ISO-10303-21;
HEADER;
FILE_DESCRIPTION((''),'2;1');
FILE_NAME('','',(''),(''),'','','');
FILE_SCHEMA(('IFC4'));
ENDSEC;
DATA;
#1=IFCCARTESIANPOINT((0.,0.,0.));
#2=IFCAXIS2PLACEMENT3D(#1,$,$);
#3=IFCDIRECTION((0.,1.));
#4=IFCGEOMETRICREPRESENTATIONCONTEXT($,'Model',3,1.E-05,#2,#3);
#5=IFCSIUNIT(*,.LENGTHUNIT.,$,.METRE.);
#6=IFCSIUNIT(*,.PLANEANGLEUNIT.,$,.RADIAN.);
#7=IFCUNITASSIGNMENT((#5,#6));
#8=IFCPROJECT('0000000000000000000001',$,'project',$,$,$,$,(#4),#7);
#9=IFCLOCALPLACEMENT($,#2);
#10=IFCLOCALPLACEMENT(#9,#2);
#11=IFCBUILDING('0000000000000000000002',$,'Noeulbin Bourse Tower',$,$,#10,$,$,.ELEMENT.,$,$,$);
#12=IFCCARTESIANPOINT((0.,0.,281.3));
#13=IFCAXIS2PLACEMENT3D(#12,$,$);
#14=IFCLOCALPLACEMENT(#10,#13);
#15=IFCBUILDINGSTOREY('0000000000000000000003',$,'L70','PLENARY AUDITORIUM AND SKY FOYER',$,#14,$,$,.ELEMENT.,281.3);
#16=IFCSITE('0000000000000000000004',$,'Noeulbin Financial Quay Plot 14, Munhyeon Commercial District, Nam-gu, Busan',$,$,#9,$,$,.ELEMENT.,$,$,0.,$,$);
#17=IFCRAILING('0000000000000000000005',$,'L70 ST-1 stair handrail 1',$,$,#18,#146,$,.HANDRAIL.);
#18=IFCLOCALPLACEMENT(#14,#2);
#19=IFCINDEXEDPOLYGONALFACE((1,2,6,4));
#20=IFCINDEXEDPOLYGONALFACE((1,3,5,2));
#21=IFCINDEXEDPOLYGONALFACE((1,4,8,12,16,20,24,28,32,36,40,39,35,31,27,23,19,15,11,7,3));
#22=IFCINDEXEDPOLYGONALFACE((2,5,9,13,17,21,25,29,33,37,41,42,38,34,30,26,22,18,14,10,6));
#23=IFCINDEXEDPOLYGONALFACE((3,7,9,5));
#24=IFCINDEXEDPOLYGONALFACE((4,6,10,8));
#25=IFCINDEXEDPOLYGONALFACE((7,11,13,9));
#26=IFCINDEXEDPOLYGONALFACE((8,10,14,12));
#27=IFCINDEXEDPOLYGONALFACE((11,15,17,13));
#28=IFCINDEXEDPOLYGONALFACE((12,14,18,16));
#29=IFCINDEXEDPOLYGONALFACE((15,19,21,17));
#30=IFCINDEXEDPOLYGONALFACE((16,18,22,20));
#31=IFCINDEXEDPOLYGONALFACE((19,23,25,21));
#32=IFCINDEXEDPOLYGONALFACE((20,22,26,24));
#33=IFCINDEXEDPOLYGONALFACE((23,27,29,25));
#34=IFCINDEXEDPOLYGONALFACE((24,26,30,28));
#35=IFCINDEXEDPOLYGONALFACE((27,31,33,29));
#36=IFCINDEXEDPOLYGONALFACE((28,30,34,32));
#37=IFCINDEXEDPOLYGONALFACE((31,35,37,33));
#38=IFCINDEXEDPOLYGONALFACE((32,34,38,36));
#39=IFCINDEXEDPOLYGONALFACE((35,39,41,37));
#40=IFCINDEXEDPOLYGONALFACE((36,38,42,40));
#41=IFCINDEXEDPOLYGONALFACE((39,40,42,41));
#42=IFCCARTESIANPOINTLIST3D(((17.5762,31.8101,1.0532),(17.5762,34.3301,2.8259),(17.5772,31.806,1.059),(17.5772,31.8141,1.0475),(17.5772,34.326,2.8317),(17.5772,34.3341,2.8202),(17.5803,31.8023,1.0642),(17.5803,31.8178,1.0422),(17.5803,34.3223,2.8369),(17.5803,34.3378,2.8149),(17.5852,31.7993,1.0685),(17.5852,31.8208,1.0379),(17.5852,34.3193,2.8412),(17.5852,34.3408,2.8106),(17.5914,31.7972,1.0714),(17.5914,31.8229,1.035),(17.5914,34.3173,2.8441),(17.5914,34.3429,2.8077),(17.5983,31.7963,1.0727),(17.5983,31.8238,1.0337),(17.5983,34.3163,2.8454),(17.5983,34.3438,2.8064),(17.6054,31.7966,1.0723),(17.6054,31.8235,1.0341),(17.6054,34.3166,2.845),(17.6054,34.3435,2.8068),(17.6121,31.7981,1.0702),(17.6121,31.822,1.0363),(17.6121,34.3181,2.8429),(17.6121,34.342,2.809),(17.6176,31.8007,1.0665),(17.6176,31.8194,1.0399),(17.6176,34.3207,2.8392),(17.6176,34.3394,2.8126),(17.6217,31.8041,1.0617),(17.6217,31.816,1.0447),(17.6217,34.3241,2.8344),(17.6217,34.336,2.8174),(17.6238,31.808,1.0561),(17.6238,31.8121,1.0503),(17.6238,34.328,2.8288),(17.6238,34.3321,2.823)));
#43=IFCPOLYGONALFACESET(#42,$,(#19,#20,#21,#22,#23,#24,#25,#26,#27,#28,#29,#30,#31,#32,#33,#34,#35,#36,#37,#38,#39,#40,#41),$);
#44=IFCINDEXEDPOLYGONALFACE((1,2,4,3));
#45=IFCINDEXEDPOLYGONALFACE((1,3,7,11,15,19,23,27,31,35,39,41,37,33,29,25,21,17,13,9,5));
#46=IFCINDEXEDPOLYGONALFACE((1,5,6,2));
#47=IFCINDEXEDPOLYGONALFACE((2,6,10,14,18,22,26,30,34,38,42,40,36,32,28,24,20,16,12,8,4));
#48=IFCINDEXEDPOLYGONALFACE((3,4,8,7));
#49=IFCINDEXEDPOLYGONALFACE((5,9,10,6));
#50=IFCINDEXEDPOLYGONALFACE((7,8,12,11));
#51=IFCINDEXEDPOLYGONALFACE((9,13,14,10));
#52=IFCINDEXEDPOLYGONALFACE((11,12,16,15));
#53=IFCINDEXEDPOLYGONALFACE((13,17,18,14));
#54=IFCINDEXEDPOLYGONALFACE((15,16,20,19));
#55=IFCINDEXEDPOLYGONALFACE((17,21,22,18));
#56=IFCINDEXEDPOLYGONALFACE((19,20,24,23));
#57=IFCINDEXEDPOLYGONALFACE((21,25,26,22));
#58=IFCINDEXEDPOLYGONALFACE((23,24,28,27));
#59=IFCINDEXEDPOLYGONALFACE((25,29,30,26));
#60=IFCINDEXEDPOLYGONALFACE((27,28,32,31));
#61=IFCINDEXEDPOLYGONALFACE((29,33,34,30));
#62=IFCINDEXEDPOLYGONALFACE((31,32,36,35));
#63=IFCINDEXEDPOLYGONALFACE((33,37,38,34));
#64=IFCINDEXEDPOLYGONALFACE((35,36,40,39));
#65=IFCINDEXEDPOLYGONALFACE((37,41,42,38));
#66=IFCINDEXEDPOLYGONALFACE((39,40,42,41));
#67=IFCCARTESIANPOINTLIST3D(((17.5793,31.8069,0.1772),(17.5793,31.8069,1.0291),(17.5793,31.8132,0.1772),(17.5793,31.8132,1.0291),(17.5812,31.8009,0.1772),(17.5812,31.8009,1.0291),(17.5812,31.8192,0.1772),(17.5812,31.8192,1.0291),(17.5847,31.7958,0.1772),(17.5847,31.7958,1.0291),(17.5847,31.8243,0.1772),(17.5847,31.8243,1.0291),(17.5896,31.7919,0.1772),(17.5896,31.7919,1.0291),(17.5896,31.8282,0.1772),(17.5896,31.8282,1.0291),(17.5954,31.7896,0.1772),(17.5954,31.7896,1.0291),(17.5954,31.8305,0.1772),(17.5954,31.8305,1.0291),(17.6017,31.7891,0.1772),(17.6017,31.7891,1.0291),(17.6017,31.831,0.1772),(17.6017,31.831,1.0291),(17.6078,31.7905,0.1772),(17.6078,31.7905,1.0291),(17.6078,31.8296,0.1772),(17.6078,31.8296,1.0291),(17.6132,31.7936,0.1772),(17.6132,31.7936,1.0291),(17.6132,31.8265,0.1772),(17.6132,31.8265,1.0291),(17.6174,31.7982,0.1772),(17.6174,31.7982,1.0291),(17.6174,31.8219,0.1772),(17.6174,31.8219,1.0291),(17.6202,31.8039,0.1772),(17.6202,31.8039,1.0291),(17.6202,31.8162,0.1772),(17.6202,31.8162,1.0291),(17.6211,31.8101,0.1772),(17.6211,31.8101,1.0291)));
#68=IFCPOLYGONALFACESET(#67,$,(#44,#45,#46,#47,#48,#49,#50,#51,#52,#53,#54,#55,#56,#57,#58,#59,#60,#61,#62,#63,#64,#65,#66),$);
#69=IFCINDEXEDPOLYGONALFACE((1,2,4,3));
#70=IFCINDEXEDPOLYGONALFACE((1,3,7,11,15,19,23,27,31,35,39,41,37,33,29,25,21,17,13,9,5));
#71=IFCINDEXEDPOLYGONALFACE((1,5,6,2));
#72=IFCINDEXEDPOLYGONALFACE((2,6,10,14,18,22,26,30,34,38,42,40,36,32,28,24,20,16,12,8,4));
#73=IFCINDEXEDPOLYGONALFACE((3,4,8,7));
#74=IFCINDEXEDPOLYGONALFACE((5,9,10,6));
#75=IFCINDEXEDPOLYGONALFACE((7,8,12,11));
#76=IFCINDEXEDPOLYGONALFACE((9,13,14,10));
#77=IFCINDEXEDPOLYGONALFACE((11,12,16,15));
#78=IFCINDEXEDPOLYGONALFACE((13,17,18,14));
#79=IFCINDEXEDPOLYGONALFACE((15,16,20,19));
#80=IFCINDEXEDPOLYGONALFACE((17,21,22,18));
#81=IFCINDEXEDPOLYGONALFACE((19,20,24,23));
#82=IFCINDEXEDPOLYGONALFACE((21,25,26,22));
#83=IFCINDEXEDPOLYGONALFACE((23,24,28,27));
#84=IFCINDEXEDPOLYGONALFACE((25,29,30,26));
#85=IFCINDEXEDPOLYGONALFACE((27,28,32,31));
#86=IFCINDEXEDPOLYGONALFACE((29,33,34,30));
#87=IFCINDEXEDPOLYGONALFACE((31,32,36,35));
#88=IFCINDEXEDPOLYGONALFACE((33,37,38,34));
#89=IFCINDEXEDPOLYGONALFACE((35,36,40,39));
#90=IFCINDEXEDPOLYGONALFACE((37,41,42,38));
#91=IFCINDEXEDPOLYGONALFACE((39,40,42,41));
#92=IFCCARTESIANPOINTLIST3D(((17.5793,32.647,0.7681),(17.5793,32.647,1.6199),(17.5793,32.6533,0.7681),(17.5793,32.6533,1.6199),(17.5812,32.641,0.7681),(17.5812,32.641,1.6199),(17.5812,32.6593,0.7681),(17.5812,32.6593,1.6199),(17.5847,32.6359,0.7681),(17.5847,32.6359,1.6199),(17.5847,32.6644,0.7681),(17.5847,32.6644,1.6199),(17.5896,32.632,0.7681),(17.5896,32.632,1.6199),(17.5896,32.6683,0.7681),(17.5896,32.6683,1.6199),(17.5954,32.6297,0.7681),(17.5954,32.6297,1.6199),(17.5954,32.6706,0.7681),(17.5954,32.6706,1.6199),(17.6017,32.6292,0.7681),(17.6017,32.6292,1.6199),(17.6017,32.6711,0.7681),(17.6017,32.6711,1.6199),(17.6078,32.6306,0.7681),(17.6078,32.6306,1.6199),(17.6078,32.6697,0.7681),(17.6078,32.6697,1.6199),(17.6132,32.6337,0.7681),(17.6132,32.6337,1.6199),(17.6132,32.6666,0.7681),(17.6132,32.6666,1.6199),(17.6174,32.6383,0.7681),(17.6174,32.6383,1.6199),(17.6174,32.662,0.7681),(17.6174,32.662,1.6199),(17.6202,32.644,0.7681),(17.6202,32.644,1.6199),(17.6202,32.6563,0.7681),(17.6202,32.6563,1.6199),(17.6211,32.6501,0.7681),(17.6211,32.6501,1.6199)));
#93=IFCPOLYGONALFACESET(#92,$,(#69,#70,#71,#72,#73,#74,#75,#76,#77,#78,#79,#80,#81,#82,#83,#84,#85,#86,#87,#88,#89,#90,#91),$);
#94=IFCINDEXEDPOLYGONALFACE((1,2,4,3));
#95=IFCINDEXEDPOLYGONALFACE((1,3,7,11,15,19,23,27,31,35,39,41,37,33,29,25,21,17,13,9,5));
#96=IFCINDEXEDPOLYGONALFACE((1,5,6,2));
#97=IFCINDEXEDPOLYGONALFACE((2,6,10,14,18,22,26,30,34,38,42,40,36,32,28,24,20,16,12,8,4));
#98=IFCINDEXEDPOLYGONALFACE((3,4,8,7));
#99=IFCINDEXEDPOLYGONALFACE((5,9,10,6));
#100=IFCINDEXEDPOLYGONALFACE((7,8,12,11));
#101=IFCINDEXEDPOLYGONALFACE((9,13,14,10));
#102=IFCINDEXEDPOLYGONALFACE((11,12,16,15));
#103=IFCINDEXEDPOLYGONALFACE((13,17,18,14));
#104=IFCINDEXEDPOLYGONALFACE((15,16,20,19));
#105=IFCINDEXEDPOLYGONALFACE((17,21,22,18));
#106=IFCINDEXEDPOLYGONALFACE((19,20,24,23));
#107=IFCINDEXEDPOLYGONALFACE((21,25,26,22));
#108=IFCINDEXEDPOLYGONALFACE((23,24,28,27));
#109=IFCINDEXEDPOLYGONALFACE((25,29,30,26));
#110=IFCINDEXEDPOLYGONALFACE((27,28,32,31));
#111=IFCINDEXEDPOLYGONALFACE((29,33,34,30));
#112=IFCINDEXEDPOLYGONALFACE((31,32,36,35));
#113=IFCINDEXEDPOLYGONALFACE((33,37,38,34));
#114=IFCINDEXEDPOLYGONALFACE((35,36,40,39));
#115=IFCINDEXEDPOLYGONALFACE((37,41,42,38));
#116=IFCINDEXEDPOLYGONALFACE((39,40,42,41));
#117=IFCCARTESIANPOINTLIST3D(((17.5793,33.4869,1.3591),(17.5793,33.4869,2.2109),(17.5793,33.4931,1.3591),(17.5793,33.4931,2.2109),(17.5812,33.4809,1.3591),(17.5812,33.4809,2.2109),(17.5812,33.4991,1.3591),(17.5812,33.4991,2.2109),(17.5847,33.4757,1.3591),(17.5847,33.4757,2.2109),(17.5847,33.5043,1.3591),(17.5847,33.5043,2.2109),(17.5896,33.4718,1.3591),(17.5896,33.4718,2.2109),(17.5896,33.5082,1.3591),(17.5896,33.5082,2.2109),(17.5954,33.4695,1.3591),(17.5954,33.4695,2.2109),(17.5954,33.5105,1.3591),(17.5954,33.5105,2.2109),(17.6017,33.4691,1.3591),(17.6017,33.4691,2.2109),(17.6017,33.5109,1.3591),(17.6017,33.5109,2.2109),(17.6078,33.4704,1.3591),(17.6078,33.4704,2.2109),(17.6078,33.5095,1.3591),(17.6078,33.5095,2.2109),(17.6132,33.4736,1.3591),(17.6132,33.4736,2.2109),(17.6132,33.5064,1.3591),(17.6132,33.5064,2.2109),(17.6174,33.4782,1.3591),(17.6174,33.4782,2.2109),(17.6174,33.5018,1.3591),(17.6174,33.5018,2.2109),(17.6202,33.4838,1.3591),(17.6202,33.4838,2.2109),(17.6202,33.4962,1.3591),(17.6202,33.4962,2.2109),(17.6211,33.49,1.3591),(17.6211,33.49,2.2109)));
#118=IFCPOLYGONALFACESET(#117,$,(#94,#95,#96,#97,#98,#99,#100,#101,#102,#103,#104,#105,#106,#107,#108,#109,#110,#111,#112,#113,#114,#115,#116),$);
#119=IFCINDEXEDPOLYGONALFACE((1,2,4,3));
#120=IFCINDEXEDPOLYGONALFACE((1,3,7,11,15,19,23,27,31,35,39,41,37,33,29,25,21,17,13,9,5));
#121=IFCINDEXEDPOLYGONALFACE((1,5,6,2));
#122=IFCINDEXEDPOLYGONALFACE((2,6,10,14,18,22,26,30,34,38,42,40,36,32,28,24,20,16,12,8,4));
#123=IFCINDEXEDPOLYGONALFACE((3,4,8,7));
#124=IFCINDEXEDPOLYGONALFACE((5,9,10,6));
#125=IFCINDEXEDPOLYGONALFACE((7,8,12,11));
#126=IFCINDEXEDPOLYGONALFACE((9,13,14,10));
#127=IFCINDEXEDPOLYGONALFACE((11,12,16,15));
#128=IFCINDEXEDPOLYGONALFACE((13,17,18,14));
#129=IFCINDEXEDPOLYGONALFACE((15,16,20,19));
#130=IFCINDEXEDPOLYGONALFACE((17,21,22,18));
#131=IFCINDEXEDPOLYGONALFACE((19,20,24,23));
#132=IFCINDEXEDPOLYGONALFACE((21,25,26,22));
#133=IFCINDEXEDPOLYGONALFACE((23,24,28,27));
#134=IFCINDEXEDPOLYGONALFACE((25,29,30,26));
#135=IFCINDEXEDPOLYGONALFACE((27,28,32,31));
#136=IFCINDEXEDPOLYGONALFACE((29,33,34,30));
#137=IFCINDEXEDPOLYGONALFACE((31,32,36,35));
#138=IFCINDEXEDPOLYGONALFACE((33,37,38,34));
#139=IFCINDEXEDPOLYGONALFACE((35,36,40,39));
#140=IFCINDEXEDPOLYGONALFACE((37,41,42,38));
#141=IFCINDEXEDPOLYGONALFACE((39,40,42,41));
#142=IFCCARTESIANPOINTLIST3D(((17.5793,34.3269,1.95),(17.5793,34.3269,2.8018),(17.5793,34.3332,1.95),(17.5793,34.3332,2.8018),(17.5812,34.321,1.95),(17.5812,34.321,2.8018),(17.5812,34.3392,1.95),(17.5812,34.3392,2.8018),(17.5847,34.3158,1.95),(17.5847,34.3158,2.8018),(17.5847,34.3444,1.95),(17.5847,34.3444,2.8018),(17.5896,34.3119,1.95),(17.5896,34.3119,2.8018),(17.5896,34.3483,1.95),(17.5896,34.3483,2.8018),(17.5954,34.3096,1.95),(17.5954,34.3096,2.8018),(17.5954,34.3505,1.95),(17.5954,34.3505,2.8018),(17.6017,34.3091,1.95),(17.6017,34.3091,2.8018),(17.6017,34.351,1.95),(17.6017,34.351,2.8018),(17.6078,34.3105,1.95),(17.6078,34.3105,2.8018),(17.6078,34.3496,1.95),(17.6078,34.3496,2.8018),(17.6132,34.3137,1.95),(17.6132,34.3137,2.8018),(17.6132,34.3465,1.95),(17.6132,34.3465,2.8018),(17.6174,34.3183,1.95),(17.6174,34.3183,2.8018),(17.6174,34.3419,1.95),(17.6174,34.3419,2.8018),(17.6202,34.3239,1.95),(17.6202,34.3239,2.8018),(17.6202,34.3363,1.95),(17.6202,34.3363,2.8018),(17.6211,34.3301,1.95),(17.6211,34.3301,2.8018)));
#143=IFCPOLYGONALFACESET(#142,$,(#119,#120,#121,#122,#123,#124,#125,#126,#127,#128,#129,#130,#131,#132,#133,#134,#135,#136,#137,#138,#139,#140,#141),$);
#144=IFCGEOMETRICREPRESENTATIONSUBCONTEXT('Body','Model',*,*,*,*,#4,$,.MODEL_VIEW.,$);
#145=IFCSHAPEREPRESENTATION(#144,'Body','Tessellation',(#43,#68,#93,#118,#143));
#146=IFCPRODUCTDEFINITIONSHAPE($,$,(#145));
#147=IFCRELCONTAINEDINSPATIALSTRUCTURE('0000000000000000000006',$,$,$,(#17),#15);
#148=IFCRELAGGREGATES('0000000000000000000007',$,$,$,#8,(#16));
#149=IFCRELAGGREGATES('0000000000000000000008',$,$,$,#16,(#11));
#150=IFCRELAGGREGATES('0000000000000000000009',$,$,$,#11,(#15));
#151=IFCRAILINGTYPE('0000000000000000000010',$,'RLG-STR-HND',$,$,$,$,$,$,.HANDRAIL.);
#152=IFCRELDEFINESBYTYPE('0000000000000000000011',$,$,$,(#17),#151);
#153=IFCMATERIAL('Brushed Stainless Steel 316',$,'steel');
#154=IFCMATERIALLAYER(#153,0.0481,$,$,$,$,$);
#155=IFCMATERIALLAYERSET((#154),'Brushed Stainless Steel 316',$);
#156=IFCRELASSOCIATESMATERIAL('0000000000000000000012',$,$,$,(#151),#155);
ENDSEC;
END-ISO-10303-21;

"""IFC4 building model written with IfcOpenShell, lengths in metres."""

from ifc_helpers import new_model, si_unit, direction, frame, origin, origin_2d, place, context, subcontext, project, spatial, circle, extrude, material, layer, layer_set, type_object, element, save


model = new_model("IFC4")

# Units and contexts
model_context = context("Model", 3, precision=1e-05, world=origin(), true_north=direction((0.0, 1.0)))
body_context = subcontext(model_context, "Body", "Model", "MODEL_VIEW")
ifc_project = project(units=[si_unit("LENGTHUNIT", "METRE"), si_unit("PLANEANGLEUNIT", "RADIAN")], contexts=[model_context])

# Site, building, storey
site_placement = place(None, origin())
site = spatial("IfcSite", under=ifc_project, at=site_placement, Name="Noeulbin Financial Quay Plot 14, Munhyeon Commercial District, Nam-gu, Busan", CompositionType="ELEMENT", RefElevation=0.0)
building_placement = place(site_placement, origin())
building = spatial("IfcBuilding", under=site, at=building_placement, Name="Noeulbin Bourse Tower", CompositionType="ELEMENT")
storey_placement = place(building_placement, frame((0.0, 0.0, 281.3)))
storey = spatial("IfcBuildingStorey", under=building, at=storey_placement, Name="L70", Description="PLENARY AUDITORIUM AND SKY FOYER", CompositionType="ELEMENT", Elevation=281.3)

# Shared definitions
ifc_material_1 = material(Name="Brushed Stainless Steel 316", Category="steel")

# Railing
ifc_layer_1 = layer(ifc_material_1, 0.0481)
ifc_layer_set_1 = layer_set([ifc_layer_1], Name="Brushed Stainless Steel 316")
railing_type_1 = type_object("IfcRailingType", Name="RLG-STR-HND", PredefinedType="HANDRAIL", material=ifc_layer_set_1)
railing_1_placement = place(storey_placement, frame((17.6001, 31.8101, 0.1772)))
element("IfcRailing", 1, at=railing_1_placement, inside=storey, type_object=railing_type_1, Name="L70 ST-1 stair handrail 1", PredefinedType="HANDRAIL", context=body_context, shape_type="SweptSolid", body=[
    extrude(circle(Radius=0.0239, at=origin_2d()), frame((0.0, 0.0, 0.876), z_axis=(0.0, 0.817904, 0.575354), x_axis=(-1.0, 0.0, 0.0)), (0.0, 0.0, 1.0), 3.0811),
    extrude(circle(Radius=0.021, at=origin_2d()), origin(), (0.0, 0.0, 1.0), 0.8518),
    extrude(circle(Radius=0.021, at=origin_2d()), frame((0.0, 0.8401, 0.5908)), (0.0, 0.0, 1.0), 0.8518),
    extrude(circle(Radius=0.021, at=origin_2d()), frame((0.0, 1.6799, 1.1819)), (0.0, 0.0, 1.0), 0.8518),
    extrude(circle(Radius=0.021, at=origin_2d()), frame((0.0, 2.52, 1.7727)), (0.0, 0.0, 1.0), 0.8518),
])

save(model, "model.ifc")
